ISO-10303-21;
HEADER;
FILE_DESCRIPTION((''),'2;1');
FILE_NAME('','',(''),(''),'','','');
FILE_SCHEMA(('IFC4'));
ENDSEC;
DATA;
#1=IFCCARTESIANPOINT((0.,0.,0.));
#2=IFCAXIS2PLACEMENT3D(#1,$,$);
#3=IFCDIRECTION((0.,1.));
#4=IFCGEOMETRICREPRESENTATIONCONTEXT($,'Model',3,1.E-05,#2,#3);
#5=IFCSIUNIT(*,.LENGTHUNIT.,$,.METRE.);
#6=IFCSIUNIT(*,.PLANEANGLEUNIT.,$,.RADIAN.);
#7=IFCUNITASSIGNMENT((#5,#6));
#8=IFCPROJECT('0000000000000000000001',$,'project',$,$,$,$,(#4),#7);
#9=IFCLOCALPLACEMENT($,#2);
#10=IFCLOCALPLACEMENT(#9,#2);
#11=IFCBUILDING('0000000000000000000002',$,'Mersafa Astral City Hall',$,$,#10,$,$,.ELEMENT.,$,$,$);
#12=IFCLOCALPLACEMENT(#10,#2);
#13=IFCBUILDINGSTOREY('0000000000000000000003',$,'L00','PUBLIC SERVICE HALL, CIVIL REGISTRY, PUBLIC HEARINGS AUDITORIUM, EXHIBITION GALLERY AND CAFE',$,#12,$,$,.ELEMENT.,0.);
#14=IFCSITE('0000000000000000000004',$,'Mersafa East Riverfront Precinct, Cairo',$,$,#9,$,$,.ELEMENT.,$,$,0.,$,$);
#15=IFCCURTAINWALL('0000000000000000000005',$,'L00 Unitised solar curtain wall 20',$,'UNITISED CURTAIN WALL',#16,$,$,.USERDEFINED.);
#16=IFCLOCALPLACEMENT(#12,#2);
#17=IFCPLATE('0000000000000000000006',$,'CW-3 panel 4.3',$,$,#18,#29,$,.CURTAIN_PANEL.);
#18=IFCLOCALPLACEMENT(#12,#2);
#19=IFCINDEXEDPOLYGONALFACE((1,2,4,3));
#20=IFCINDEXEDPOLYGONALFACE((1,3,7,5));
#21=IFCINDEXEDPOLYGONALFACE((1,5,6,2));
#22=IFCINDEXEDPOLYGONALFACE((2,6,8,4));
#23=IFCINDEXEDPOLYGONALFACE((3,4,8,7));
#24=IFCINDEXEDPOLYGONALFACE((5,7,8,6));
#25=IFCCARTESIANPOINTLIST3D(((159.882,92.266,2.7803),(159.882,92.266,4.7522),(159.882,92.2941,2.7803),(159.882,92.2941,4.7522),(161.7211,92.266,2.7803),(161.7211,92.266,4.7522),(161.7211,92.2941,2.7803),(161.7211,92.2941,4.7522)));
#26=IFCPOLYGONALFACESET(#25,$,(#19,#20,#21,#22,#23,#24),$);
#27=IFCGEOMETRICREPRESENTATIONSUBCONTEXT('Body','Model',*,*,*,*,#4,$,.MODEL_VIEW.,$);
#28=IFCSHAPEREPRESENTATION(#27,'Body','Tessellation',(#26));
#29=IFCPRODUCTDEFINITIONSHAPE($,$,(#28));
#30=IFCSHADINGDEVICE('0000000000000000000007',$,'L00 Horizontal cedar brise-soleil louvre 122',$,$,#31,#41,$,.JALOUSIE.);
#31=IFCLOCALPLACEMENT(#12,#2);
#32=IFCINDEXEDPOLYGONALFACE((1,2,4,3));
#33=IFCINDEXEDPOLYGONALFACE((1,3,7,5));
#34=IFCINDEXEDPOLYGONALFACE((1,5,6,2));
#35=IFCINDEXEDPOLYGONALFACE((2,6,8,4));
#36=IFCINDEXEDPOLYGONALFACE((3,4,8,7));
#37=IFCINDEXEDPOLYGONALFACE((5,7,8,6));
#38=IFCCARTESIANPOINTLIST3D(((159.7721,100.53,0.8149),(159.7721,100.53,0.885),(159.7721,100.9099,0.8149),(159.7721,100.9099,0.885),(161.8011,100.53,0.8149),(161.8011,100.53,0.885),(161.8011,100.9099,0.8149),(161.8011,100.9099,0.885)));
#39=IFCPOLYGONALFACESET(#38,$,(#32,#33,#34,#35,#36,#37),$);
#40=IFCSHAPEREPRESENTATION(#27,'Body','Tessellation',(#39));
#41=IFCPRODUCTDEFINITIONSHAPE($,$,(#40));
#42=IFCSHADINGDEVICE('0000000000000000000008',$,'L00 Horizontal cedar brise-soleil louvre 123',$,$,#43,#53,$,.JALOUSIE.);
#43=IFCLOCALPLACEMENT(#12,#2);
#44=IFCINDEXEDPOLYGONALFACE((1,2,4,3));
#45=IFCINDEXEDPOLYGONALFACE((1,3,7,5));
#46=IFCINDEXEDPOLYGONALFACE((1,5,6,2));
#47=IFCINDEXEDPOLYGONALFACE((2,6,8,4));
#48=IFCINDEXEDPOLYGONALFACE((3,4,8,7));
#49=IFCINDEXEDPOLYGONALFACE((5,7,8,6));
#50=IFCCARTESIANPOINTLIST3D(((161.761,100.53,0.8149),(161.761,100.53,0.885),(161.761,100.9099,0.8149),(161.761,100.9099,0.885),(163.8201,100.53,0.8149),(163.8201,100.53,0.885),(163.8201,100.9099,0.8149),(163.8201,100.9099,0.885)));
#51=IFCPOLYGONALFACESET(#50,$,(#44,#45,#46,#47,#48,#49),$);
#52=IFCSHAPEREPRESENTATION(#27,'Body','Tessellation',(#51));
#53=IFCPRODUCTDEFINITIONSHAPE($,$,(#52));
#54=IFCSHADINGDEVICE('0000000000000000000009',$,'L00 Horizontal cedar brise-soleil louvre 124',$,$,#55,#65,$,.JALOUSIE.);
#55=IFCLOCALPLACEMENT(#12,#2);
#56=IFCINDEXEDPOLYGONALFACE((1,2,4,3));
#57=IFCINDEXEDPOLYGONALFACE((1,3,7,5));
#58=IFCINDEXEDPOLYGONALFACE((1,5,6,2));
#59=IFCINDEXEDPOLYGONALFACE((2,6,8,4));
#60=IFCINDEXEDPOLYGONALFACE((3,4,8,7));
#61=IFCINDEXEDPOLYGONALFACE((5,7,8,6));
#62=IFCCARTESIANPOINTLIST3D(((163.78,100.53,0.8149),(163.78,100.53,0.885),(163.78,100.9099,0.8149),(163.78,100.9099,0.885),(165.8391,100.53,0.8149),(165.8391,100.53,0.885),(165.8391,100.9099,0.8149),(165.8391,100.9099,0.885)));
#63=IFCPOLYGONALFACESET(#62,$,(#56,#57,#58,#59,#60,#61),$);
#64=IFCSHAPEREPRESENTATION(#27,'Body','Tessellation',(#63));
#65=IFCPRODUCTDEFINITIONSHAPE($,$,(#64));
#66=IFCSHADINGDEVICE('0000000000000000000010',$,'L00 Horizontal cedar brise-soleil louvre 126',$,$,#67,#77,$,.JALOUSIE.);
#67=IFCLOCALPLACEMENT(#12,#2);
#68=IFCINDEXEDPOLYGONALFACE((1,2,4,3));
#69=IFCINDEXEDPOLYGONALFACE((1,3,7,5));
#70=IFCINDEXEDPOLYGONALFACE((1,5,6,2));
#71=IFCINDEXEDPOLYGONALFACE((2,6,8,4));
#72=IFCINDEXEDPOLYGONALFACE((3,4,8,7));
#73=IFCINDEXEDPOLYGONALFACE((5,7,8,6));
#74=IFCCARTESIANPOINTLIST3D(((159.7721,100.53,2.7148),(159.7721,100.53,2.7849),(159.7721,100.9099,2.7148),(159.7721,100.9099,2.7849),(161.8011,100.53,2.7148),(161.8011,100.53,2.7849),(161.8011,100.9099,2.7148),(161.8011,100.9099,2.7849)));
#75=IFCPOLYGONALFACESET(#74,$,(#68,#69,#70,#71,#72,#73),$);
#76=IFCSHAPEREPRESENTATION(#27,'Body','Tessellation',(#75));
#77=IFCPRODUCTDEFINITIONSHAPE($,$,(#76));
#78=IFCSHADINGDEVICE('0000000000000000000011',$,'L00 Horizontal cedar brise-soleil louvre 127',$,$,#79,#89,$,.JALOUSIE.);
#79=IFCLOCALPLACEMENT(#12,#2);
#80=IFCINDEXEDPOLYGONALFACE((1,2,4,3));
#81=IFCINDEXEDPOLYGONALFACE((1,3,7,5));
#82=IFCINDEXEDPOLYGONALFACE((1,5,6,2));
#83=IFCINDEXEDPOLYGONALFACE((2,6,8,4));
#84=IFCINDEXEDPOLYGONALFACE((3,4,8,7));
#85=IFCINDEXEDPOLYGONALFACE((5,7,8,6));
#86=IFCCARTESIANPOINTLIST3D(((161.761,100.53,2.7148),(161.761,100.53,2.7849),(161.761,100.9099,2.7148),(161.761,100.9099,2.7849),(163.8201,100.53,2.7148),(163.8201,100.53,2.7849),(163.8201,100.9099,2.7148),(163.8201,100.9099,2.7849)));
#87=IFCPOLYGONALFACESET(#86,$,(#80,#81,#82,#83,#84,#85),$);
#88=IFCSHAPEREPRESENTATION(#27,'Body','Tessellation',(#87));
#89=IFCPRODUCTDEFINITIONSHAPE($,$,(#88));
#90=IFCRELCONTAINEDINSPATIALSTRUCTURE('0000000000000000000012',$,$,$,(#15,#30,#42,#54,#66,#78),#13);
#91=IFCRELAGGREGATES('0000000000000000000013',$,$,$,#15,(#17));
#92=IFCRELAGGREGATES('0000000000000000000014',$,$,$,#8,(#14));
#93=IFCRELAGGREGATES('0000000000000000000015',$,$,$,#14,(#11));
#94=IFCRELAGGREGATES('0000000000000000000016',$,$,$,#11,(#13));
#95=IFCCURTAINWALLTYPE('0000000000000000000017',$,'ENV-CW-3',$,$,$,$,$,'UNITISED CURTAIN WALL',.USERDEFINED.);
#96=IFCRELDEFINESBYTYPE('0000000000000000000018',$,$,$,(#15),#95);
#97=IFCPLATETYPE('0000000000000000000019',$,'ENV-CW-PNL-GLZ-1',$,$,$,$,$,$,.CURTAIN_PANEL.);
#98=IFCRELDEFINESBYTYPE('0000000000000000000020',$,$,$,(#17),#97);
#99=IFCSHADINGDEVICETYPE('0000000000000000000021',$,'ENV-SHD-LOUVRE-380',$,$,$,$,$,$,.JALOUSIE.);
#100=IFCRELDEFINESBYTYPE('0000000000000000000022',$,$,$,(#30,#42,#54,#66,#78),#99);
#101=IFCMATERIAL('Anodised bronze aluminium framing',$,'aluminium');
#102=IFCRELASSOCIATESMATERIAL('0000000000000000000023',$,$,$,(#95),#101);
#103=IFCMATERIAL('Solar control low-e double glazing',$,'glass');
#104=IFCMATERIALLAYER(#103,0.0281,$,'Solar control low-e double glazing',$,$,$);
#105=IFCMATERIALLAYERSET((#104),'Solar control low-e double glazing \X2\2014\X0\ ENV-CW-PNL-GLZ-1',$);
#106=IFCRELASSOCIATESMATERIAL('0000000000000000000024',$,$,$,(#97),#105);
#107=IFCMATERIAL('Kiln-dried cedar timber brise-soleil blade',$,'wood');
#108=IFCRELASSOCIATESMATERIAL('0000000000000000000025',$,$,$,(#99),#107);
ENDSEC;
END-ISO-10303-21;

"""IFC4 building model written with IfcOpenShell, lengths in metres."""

from ifc_helpers import new_model, si_unit, direction, frame, origin, origin_2d, place, context, subcontext, project, spatial, rectangle, extrude, material, layer, layer_set, type_object, element, aggregate, save


model = new_model("IFC4")

# Units and contexts
model_context = context("Model", 3, precision=1e-05, world=origin(), true_north=direction((0.0, 1.0)))
body_context = subcontext(model_context, "Body", "Model", "MODEL_VIEW")
ifc_project = project(units=[si_unit("LENGTHUNIT", "METRE"), si_unit("PLANEANGLEUNIT", "RADIAN")], contexts=[model_context])

# Site, building, storey
site_placement = place(None, origin())
site = spatial("IfcSite", under=ifc_project, at=site_placement, Name="Mersafa East Riverfront Precinct, Cairo", CompositionType="ELEMENT", RefElevation=0.0)
building_placement = place(site_placement, origin())
building = spatial("IfcBuilding", under=site, at=building_placement, Name="Mersafa Astral City Hall", CompositionType="ELEMENT")
storey_placement = place(building_placement, origin())
storey = spatial("IfcBuildingStorey", under=building, at=storey_placement, Name="L00", Description="PUBLIC SERVICE HALL, CIVIL REGISTRY, PUBLIC HEARINGS AUDITORIUM, EXHIBITION GALLERY AND CAFE", CompositionType="ELEMENT", Elevation=0.0)

# Curtain wall
ifc_material_1 = material(Name="Anodised bronze aluminium framing", Category="aluminium")
curtain_wall_type = type_object("IfcCurtainWallType", Name="ENV-CW-3", ElementType="UNITISED CURTAIN WALL", PredefinedType="USERDEFINED", material=ifc_material_1)
curtain_wall_placement = place(storey_placement, origin())
curtain_wall = element("IfcCurtainWall", 1, at=curtain_wall_placement, inside=storey, type_object=curtain_wall_type, Name="L00 Unitised solar curtain wall 20", ObjectType="UNITISED CURTAIN WALL", PredefinedType="USERDEFINED")

# Plate
ifc_material_2 = material(Name="Solar control low-e double glazing", Category="glass")
ifc_layer = layer(ifc_material_2, 0.0281, Name="Solar control low-e double glazing")
ifc_layer_set = layer_set([ifc_layer], Name="Solar control low-e double glazing — ENV-CW-PNL-GLZ-1")
plate_type = type_object("IfcPlateType", Name="ENV-CW-PNL-GLZ-1", PredefinedType="CURTAIN_PANEL", material=ifc_layer_set)
plate_1_placement = place(storey_placement, frame((160.8015, 92.28, 2.7803), z_axis=(0.0, 0.0, 1.0), x_axis=(-1.0, 0.0, 0.0)))
plate_1 = element("IfcPlate", 2, at=plate_1_placement, type_object=plate_type, Name="CW-3 panel 4.3", PredefinedType="CURTAIN_PANEL", context=body_context, shape_type="SweptSolid", body=[
    extrude(rectangle(XDim=1.8391, YDim=0.0281, at=origin_2d()), origin(), (0.0, 0.0, 1.0), 1.9719),
])
aggregate(curtain_wall, [plate_1])

# Shading devices
ifc_material_3 = material(Name="Kiln-dried cedar timber brise-soleil blade", Category="wood")
shading_device_type = type_object("IfcShadingDeviceType", Name="ENV-SHD-LOUVRE-380", PredefinedType="JALOUSIE", material=ifc_material_3)
shading_device_1_placement = place(storey_placement, frame((160.7866, 100.72, 0.8149), z_axis=(0.0, 0.0, 1.0), x_axis=(1.0, 0.0, 0.0)))
element("IfcShadingDevice", 3, at=shading_device_1_placement, inside=storey, type_object=shading_device_type, Name="L00 Horizontal cedar brise-soleil louvre 122", PredefinedType="JALOUSIE", context=body_context, shape_type="SweptSolid", body=[
    extrude(rectangle(XDim=2.0291, YDim=0.3799, at=origin_2d()), origin(), (0.0, 0.0, 1.0), 0.0701),
])
for number, where, z_axis, x_axis, name in (
    (4, (162.7905, 100.72, 0.8149), (0.0, 0.0, 1.0), (1.0, 0.0, 0.0), "L00 Horizontal cedar brise-soleil louvre 123"),
    (5, (164.8096, 100.72, 0.8149), (0.0, 0.0, 1.0), (1.0, 0.0, 0.0), "L00 Horizontal cedar brise-soleil louvre 124"),
):
    element("IfcShadingDevice", number, at=place(storey_placement, frame(where, z_axis=z_axis, x_axis=x_axis)), inside=storey, type_object=shading_device_type, Name=name, PredefinedType="JALOUSIE", context=body_context, shape_type="SweptSolid", body=[
        extrude(rectangle(XDim=2.0591, YDim=0.3799, at=origin_2d()), origin(), (0.0, 0.0, 1.0), 0.0701),
    ])
shading_device_2_placement = place(storey_placement, frame((160.7866, 100.72, 2.7148), z_axis=(0.0, 0.0, 1.0), x_axis=(1.0, 0.0, 0.0)))
element("IfcShadingDevice", 6, at=shading_device_2_placement, inside=storey, type_object=shading_device_type, Name="L00 Horizontal cedar brise-soleil louvre 126", PredefinedType="JALOUSIE", context=body_context, shape_type="SweptSolid", body=[
    extrude(rectangle(XDim=2.0291, YDim=0.3799, at=origin_2d()), origin(), (0.0, 0.0, 1.0), 0.0701),
])
shading_device_3_placement = place(storey_placement, frame((162.7905, 100.72, 2.7148), z_axis=(0.0, 0.0, 1.0), x_axis=(1.0, 0.0, 0.0)))
element("IfcShadingDevice", 7, at=shading_device_3_placement, inside=storey, type_object=shading_device_type, Name="L00 Horizontal cedar brise-soleil louvre 127", PredefinedType="JALOUSIE", context=body_context, shape_type="SweptSolid", body=[
    extrude(rectangle(XDim=2.0591, YDim=0.3799, at=origin_2d()), origin(), (0.0, 0.0, 1.0), 0.0701),
])

save(model, "model.ifc")
